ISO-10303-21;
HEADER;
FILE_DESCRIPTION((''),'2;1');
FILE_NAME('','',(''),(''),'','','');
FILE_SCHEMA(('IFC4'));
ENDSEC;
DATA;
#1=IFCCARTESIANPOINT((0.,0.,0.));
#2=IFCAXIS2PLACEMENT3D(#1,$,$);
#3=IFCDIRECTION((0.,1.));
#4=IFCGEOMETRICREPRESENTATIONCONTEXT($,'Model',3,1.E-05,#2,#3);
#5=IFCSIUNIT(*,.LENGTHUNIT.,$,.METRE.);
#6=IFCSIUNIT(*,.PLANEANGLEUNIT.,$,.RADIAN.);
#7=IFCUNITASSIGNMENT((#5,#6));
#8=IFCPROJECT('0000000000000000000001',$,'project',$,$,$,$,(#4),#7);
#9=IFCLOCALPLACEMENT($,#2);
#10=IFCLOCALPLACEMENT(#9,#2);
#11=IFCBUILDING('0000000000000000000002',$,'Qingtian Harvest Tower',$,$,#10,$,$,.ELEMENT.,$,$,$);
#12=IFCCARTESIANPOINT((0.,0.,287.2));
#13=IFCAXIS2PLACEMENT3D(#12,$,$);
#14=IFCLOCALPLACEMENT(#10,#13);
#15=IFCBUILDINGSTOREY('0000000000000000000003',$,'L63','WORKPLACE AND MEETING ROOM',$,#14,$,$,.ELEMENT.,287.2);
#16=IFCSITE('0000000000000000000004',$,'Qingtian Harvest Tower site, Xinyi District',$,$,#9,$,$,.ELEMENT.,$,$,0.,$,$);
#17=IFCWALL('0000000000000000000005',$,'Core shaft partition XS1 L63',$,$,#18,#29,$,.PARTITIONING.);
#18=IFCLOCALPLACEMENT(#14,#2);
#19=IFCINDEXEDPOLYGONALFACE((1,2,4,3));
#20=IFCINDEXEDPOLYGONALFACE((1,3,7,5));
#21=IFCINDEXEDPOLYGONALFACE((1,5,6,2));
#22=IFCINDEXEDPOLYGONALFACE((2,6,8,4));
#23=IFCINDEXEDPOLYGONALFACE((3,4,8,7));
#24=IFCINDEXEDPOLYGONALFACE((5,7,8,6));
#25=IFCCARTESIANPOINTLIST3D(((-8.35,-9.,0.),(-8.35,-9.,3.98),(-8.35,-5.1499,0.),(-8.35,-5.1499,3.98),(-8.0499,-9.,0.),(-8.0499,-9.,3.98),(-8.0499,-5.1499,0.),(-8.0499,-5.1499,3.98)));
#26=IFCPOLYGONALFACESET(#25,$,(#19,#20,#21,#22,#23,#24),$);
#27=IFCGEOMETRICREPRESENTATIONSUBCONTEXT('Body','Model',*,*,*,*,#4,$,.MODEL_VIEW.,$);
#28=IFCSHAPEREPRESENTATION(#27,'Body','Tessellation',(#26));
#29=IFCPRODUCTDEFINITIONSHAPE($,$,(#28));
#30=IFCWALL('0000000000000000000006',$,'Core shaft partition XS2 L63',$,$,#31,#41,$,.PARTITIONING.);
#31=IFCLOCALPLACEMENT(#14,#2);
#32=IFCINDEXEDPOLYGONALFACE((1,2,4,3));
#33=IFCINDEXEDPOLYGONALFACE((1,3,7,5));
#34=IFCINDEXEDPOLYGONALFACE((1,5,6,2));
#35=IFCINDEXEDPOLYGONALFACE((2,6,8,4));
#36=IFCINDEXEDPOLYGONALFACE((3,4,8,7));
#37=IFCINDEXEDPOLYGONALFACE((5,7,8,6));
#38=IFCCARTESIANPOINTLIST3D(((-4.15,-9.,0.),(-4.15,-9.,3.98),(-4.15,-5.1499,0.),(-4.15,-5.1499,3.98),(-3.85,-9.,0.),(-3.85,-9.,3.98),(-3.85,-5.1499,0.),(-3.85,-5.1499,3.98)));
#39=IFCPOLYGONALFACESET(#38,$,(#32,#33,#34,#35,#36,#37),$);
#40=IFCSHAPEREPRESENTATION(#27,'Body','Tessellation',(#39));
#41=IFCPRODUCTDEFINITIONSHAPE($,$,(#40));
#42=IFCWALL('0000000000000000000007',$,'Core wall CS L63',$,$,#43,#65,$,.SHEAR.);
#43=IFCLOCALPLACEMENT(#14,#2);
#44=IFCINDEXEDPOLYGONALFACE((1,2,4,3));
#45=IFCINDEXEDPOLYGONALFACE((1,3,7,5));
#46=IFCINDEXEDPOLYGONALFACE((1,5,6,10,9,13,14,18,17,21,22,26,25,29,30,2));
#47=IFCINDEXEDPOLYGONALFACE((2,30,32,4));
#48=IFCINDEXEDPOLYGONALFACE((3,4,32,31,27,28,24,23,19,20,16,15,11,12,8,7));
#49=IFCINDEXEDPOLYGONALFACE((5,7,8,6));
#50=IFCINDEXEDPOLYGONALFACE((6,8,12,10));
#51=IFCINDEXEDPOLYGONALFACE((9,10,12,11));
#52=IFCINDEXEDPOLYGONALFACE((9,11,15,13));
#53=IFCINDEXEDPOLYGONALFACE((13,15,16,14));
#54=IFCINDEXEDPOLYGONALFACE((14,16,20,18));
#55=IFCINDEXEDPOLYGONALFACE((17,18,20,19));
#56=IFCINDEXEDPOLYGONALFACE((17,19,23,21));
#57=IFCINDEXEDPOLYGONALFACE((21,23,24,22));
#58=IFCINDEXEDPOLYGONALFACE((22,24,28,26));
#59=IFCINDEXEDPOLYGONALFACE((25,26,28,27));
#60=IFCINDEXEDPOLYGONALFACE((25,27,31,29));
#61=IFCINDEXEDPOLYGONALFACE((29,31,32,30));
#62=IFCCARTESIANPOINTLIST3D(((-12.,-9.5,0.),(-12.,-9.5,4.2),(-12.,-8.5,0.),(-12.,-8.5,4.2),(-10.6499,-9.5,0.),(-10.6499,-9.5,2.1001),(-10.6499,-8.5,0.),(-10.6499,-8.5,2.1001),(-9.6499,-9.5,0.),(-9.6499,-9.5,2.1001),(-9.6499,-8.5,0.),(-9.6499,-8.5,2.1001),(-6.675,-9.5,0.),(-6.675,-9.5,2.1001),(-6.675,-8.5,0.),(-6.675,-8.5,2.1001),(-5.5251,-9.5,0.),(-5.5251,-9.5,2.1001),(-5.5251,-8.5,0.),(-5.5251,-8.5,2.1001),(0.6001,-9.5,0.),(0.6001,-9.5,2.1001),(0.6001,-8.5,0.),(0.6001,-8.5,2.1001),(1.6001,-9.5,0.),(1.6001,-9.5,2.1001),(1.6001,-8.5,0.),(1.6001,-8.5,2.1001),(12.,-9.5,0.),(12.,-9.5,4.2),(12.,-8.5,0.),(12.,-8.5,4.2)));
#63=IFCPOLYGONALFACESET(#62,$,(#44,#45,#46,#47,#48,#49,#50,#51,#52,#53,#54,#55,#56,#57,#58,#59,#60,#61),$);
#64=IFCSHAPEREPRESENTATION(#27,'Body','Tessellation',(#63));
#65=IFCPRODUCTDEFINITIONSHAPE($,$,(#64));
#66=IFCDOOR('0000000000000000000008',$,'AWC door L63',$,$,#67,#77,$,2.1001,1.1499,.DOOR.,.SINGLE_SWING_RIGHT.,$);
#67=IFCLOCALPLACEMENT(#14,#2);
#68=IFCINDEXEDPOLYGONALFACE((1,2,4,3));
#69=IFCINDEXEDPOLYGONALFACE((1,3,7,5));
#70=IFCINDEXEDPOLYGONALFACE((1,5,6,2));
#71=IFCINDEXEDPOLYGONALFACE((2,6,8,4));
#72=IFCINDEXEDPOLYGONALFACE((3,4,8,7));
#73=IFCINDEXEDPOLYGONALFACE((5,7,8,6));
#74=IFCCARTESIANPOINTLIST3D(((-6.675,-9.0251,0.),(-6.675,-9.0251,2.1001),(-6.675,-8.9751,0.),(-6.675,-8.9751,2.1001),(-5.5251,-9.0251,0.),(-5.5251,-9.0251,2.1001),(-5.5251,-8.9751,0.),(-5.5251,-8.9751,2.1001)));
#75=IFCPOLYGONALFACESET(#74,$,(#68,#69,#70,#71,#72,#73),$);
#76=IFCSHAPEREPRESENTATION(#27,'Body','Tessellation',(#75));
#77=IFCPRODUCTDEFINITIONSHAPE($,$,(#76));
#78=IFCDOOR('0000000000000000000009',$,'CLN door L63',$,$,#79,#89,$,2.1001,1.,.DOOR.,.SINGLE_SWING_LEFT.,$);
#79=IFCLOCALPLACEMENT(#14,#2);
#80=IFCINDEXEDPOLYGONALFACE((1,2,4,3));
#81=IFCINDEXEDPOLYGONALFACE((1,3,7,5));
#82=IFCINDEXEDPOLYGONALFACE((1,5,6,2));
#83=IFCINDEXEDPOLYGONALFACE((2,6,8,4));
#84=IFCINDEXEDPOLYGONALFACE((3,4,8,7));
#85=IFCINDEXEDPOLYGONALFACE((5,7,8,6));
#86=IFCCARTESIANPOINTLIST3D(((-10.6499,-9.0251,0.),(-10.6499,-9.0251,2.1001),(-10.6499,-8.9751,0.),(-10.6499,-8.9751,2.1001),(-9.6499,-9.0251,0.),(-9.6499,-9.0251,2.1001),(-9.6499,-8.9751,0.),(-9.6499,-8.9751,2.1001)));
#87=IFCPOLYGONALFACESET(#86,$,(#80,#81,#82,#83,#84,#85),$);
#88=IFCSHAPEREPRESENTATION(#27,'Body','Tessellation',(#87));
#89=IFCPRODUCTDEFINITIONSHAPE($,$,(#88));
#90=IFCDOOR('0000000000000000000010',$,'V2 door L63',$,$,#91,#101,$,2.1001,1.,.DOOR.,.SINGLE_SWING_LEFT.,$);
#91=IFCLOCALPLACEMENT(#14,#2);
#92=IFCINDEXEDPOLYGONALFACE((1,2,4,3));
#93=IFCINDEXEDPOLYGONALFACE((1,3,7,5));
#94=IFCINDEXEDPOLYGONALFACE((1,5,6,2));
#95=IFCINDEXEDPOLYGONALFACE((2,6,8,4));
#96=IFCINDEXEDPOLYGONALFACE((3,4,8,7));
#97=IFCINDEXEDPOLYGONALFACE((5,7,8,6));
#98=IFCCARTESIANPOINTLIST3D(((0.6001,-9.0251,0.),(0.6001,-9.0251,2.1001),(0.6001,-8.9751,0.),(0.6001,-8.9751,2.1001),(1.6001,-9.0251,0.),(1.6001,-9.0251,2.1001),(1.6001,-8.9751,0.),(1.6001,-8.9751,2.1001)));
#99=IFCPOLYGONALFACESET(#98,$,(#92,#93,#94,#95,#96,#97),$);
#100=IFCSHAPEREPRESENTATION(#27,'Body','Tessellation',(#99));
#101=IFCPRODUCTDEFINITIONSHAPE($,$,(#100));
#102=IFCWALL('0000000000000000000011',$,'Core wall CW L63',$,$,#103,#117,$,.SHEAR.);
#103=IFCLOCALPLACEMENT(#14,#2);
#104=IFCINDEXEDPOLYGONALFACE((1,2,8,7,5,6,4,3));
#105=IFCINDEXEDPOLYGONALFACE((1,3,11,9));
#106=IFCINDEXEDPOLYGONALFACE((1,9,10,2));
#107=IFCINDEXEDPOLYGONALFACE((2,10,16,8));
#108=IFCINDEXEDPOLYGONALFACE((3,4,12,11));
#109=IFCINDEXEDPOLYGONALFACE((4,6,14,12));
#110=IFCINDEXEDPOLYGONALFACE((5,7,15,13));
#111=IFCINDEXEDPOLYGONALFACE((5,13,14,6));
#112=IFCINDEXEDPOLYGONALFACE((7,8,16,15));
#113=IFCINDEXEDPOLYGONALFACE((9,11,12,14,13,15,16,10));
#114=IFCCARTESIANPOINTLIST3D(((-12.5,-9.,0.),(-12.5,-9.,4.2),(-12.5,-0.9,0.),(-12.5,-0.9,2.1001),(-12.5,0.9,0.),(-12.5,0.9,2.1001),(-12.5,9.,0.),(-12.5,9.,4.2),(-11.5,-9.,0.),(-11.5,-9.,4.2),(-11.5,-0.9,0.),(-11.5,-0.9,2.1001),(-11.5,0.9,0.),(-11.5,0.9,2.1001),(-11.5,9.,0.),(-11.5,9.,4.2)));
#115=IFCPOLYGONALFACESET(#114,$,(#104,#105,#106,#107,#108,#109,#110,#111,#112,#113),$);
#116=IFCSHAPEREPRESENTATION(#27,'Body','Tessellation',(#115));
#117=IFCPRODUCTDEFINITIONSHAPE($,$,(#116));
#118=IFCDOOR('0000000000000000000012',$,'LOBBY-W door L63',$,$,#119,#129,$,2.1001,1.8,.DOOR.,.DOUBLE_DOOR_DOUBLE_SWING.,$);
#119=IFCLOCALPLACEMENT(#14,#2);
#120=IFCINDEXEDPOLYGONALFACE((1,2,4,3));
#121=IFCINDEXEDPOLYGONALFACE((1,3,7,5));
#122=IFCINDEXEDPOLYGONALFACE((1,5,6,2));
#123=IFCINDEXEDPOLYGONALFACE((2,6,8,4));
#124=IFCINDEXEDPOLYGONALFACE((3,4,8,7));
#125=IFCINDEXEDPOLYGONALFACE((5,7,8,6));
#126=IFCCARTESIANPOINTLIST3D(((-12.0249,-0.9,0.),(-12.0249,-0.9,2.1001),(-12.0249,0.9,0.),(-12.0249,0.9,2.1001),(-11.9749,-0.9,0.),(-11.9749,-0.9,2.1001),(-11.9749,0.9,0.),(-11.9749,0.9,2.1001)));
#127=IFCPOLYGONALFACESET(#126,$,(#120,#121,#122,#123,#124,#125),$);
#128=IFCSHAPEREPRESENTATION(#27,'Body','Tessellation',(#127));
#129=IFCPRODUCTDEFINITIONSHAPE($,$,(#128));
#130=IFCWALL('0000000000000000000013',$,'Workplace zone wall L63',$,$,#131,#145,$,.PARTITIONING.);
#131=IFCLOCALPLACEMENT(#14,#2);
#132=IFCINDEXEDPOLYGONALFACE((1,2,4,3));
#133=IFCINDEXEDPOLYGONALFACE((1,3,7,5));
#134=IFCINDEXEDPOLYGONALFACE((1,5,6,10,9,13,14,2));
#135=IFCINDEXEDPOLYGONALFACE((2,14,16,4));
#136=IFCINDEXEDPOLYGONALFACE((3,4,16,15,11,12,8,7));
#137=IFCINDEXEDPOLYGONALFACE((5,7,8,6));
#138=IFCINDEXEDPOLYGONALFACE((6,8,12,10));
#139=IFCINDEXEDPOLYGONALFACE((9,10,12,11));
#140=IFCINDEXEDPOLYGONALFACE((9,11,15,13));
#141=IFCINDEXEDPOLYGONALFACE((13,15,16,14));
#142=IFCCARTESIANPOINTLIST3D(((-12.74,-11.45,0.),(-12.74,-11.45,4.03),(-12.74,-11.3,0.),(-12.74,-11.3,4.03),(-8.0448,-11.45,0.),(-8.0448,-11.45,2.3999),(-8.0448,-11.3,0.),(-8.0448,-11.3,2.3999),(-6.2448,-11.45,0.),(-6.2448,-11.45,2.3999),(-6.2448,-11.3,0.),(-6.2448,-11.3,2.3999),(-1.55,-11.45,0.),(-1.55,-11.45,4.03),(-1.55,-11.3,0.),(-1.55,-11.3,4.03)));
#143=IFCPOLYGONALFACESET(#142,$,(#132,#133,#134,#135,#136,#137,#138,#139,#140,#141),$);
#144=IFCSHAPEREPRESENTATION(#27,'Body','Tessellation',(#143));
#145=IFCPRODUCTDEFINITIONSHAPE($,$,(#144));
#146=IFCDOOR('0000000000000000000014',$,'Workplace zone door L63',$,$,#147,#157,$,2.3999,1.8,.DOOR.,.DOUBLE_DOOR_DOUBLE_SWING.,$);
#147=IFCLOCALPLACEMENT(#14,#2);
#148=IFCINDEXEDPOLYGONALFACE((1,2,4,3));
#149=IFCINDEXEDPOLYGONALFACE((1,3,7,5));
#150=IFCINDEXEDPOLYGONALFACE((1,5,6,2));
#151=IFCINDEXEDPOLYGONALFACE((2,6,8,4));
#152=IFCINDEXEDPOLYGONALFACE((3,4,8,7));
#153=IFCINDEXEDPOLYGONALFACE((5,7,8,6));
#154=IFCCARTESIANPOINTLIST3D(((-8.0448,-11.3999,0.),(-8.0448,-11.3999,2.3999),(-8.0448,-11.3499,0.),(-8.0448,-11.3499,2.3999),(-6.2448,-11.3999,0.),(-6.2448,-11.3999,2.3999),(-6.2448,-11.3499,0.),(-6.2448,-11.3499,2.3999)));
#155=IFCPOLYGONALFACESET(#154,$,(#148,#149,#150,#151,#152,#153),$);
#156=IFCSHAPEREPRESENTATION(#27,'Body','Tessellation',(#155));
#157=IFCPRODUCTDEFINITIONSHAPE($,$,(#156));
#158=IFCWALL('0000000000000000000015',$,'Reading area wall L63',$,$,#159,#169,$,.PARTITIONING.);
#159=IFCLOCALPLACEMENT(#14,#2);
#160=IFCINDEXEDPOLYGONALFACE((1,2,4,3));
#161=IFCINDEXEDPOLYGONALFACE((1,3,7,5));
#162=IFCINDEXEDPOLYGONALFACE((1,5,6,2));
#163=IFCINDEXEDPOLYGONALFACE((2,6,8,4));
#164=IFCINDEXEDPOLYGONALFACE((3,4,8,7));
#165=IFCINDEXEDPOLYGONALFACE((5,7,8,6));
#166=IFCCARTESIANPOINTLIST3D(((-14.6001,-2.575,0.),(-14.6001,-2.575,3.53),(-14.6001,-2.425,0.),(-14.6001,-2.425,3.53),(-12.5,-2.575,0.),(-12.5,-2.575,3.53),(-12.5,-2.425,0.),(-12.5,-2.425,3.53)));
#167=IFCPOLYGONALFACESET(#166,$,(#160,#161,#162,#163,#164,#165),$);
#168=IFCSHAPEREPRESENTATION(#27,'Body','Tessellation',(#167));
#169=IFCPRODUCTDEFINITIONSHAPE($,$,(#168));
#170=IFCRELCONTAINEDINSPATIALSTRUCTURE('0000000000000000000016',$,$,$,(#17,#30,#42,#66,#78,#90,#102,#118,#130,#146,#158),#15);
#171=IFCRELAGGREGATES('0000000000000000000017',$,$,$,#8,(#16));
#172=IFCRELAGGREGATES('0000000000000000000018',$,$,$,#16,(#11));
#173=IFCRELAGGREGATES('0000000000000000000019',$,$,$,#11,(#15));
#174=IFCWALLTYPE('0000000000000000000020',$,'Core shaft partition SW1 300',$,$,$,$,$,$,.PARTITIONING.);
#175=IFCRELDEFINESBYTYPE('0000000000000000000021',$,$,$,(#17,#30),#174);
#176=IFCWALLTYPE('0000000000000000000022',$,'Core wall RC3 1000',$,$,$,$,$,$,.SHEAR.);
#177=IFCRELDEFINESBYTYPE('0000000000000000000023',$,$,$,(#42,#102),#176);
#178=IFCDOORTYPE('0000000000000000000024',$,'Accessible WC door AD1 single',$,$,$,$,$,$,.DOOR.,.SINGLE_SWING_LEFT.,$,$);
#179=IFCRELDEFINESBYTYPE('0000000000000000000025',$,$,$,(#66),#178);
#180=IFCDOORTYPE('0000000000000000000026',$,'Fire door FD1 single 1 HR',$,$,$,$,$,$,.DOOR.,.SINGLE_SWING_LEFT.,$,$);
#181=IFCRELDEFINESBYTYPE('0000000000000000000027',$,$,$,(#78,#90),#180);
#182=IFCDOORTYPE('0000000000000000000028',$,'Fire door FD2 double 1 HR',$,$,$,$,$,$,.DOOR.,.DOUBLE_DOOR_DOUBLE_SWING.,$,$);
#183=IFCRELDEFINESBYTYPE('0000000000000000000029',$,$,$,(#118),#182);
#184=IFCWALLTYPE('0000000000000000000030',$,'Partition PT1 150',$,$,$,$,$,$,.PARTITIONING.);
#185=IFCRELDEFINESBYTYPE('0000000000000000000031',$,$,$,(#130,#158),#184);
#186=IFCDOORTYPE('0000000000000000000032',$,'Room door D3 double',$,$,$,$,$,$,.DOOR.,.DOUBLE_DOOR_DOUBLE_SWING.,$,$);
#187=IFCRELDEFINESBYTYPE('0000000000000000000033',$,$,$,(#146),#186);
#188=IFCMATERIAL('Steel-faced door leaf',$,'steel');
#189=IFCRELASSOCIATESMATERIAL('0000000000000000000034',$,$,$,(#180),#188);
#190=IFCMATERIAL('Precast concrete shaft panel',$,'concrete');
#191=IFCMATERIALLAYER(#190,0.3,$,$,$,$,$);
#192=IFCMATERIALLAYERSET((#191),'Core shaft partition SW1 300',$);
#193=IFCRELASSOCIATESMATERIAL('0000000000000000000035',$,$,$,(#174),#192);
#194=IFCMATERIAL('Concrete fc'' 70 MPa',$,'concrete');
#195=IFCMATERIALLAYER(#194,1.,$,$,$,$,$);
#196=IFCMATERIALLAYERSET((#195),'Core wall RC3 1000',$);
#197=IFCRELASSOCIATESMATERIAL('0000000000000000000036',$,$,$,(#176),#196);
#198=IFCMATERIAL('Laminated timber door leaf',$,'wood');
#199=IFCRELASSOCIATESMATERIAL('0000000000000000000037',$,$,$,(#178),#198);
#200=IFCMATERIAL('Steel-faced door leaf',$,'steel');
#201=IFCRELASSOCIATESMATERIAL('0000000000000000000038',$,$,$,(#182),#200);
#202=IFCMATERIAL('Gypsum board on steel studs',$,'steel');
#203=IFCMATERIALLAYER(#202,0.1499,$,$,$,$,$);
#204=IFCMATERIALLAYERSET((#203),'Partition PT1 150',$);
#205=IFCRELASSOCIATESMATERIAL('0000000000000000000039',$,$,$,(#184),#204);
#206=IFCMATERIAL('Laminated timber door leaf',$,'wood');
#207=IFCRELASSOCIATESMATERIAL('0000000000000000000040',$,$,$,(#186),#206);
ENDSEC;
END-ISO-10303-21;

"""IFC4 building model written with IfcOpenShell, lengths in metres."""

from ifc_helpers import new_model, si_unit, direction, frame, frame_2d, origin, place, context, subcontext, project, spatial, rectangle, extrude, material, layer, layer_set, type_object, element, fill, save


model = new_model("IFC4")

# Units and contexts
model_context = context("Model", 3, precision=1e-05, world=origin(), true_north=direction((0.0, 1.0)))
body_context = subcontext(model_context, "Body", "Model", "MODEL_VIEW")
ifc_project = project(units=[si_unit("LENGTHUNIT", "METRE"), si_unit("PLANEANGLEUNIT", "RADIAN")], contexts=[model_context])

# Site, building, storey
site_placement = place(None, origin())
site = spatial("IfcSite", under=ifc_project, at=site_placement, Name="Qingtian Harvest Tower site, Xinyi District", CompositionType="ELEMENT", RefElevation=0.0)
building_placement = place(site_placement, origin())
building = spatial("IfcBuilding", under=site, at=building_placement, Name="Qingtian Harvest Tower", CompositionType="ELEMENT")
storey_placement = place(building_placement, frame((0.0, 0.0, 287.2)))
storey = spatial("IfcBuildingStorey", under=building, at=storey_placement, Name="L63", Description="WORKPLACE AND MEETING ROOM", CompositionType="ELEMENT", Elevation=287.2)

# Shared definitions
ifc_material_1 = material(Name="Steel-faced door leaf", Category="steel")
door_type_1 = type_object("IfcDoorType", Name="Fire door FD1 single 1 HR", OperationType="SINGLE_SWING_LEFT", PredefinedType="DOOR", material=ifc_material_1)

# Walls
ifc_material_2 = material(Name="Precast concrete shaft panel", Category="concrete")
ifc_layer_1 = layer(ifc_material_2, 0.3)
ifc_layer_set_1 = layer_set([ifc_layer_1], Name="Core shaft partition SW1 300")
wall_type_1 = type_object("IfcWallType", Name="Core shaft partition SW1 300", PredefinedType="PARTITIONING", material=ifc_layer_set_1)
for number, where, z_axis, x_axis, name in (
    (1, (-8.2, -9.0, 0.0), (0.0, 0.0, 1.0), (0.0, 1.0, 0.0), "Core shaft partition XS1 L63"),
    (2, (-4.0, -9.0, 0.0), (0.0, 0.0, 1.0), (0.0, 1.0, 0.0), "Core shaft partition XS2 L63"),
):
    element("IfcWall", number, at=place(storey_placement, frame(where, z_axis=z_axis, x_axis=x_axis)), inside=storey, type_object=wall_type_1, Name=name, PredefinedType="PARTITIONING", context=body_context, shape_type="SweptSolid", body=[
        extrude(rectangle(XDim=3.8501, YDim=0.3, at=frame_2d((1.925, 0.0))), origin(), (0.0, 0.0, 1.0), 3.98),
    ])

# Wall, openings, doors
ifc_material_3 = material(Name="Concrete fc' 70 MPa", Category="concrete")
ifc_layer_2 = layer(ifc_material_3, 1.0)
ifc_layer_set_2 = layer_set([ifc_layer_2], Name="Core wall RC3 1000")
wall_type_2 = type_object("IfcWallType", Name="Core wall RC3 1000", PredefinedType="SHEAR", material=ifc_layer_set_2)
wall_1_placement = place(storey_placement, frame((-12.0, -9.0, 0.0), z_axis=(0.0, 0.0, 1.0), x_axis=(1.0, 0.0, 0.0)))
wall_1 = element("IfcWall", 3, at=wall_1_placement, inside=storey, type_object=wall_type_2, Name="Core wall CS L63", PredefinedType="SHEAR", context=body_context, shape_type="SweptSolid", body=[
    extrude(rectangle(XDim=24.0, YDim=1.0, at=frame_2d((12.0, 0.0))), origin(), (0.0, 0.0, 1.0), 4.2),
])
opening_1_placement = place(wall_1_placement, frame((1.3501, 0.0, 0.0)))
opening_1 = element("IfcOpeningElement", 4, at=opening_1_placement, cuts=wall_1, PredefinedType="OPENING", context=body_context, shape_type="SweptSolid", body=[
    extrude(rectangle(XDim=1.0, YDim=2.1001, at=frame_2d((0.5, 1.05))), frame((0.0, 0.51, 0.0), z_axis=(0.0, -1.0, 0.0), x_axis=(1.0, 0.0, 0.0)), (0.0, 0.0, 1.0), 1.02),
])
opening_2_placement = place(wall_1_placement, frame((5.325, 0.0, 0.0)))
opening_2 = element("IfcOpeningElement", 5, at=opening_2_placement, cuts=wall_1, PredefinedType="OPENING", context=body_context, shape_type="SweptSolid", body=[
    extrude(rectangle(XDim=1.1499, YDim=2.1001, at=frame_2d((0.575, 1.05))), frame((0.0, 0.51, 0.0), z_axis=(0.0, -1.0, 0.0), x_axis=(1.0, 0.0, 0.0)), (0.0, 0.0, 1.0), 1.02),
])
opening_3_placement = place(wall_1_placement, frame((12.6001, 0.0, 0.0)))
opening_3 = element("IfcOpeningElement", 6, at=opening_3_placement, cuts=wall_1, PredefinedType="OPENING", context=body_context, shape_type="SweptSolid", body=[
    extrude(rectangle(XDim=1.0, YDim=2.1001, at=frame_2d((0.5, 1.05))), frame((0.0, 0.51, 0.0), z_axis=(0.0, -1.0, 0.0), x_axis=(1.0, 0.0, 0.0)), (0.0, 0.0, 1.0), 1.02),
])
ifc_material_4 = material(Name="Laminated timber door leaf", Category="wood")
door_type_2 = type_object("IfcDoorType", Name="Accessible WC door AD1 single", OperationType="SINGLE_SWING_LEFT", PredefinedType="DOOR", material=ifc_material_4)
door_1_placement = place(opening_2_placement, origin())
door_1 = element("IfcDoor", 7, at=door_1_placement, inside=storey, type_object=door_type_2, Name="AWC door L63", OperationType="SINGLE_SWING_RIGHT", OverallHeight=2.1001, OverallWidth=1.1499, PredefinedType="DOOR", context=body_context, shape_type="SweptSolid", body=[
    extrude(rectangle(XDim=1.1499, YDim=2.1001, at=frame_2d((0.575, 1.05))), frame((0.0, 0.0249, 0.0), z_axis=(0.0, -1.0, 0.0), x_axis=(1.0, 0.0, 0.0)), (0.0, 0.0, 1.0), 0.05),
])
fill(opening_2, door_1)
door_2_placement = place(opening_1_placement, origin())
door_2 = element("IfcDoor", 8, at=door_2_placement, inside=storey, type_object=door_type_1, Name="CLN door L63", OperationType="SINGLE_SWING_LEFT", OverallHeight=2.1001, OverallWidth=1.0, PredefinedType="DOOR", context=body_context, shape_type="SweptSolid", body=[
    extrude(rectangle(XDim=1.0, YDim=2.1001, at=frame_2d((0.5, 1.05))), frame((0.0, 0.0249, 0.0), z_axis=(0.0, -1.0, 0.0), x_axis=(1.0, 0.0, 0.0)), (0.0, 0.0, 1.0), 0.05),
])
fill(opening_1, door_2)
door_3_placement = place(opening_3_placement, origin())
door_3 = element("IfcDoor", 9, at=door_3_placement, inside=storey, type_object=door_type_1, Name="V2 door L63", OperationType="SINGLE_SWING_LEFT", OverallHeight=2.1001, OverallWidth=1.0, PredefinedType="DOOR", context=body_context, shape_type="SweptSolid", body=[
    extrude(rectangle(XDim=1.0, YDim=2.1001, at=frame_2d((0.5, 1.05))), frame((0.0, 0.0249, 0.0), z_axis=(0.0, -1.0, 0.0), x_axis=(1.0, 0.0, 0.0)), (0.0, 0.0, 1.0), 0.05),
])
fill(opening_3, door_3)

# Walls, openings, doors
wall_2_placement = place(storey_placement, frame((-12.0, -9.0, 0.0), z_axis=(0.0, 0.0, 1.0), x_axis=(0.0, 1.0, 0.0)))
wall_2 = element("IfcWall", 10, at=wall_2_placement, inside=storey, type_object=wall_type_2, Name="Core wall CW L63", PredefinedType="SHEAR", context=body_context, shape_type="SweptSolid", body=[
    extrude(rectangle(XDim=18.0, YDim=1.0, at=frame_2d((9.0, 0.0))), origin(), (0.0, 0.0, 1.0), 4.2),
])
opening_4_placement = place(wall_2_placement, frame((8.1001, 0.0, 0.0)))
opening_4 = element("IfcOpeningElement", 11, at=opening_4_placement, cuts=wall_2, PredefinedType="OPENING", context=body_context, shape_type="SweptSolid", body=[
    extrude(rectangle(XDim=1.8, YDim=2.1001, at=frame_2d((0.8999, 1.05))), frame((0.0, 0.51, 0.0), z_axis=(0.0, -1.0, 0.0), x_axis=(1.0, 0.0, 0.0)), (0.0, 0.0, 1.0), 1.02),
])
ifc_material_5 = material(Name="Steel-faced door leaf", Category="steel")
door_type_3 = type_object("IfcDoorType", Name="Fire door FD2 double 1 HR", OperationType="DOUBLE_DOOR_DOUBLE_SWING", PredefinedType="DOOR", material=ifc_material_5)
door_4_placement = place(opening_4_placement, origin())
door_4 = element("IfcDoor", 12, at=door_4_placement, inside=storey, type_object=door_type_3, Name="LOBBY-W door L63", OperationType="DOUBLE_DOOR_DOUBLE_SWING", OverallHeight=2.1001, OverallWidth=1.8, PredefinedType="DOOR", context=body_context, shape_type="SweptSolid", body=[
    extrude(rectangle(XDim=1.8, YDim=2.1001, at=frame_2d((0.8999, 1.05))), frame((0.0, 0.0249, 0.0), z_axis=(0.0, -1.0, 0.0), x_axis=(1.0, 0.0, 0.0)), (0.0, 0.0, 1.0), 0.05),
])
fill(opening_4, door_4)
ifc_material_6 = material(Name="Gypsum board on steel studs", Category="steel")
ifc_layer_3 = layer(ifc_material_6, 0.1499)
ifc_layer_set_3 = layer_set([ifc_layer_3], Name="Partition PT1 150")
wall_type_3 = type_object("IfcWallType", Name="Partition PT1 150", PredefinedType="PARTITIONING", material=ifc_layer_set_3)
wall_3_placement = place(storey_placement, frame((-1.55, -11.375, 0.0), z_axis=(0.0, 0.0, 1.0), x_axis=(-1.0, 0.0, 0.0)))
wall_3 = element("IfcWall", 13, at=wall_3_placement, inside=storey, type_object=wall_type_3, Name="Workplace zone wall L63", PredefinedType="PARTITIONING", context=body_context, shape_type="SweptSolid", body=[
    extrude(rectangle(XDim=11.1899, YDim=0.1499, at=frame_2d((5.595, 0.0))), origin(), (0.0, 0.0, 1.0), 4.03),
])
opening_5_placement = place(wall_3_placement, frame((4.6948, 0.0, 0.0)))
opening_5 = element("IfcOpeningElement", 14, at=opening_5_placement, cuts=wall_3, PredefinedType="OPENING", context=body_context, shape_type="SweptSolid", body=[
    extrude(rectangle(XDim=1.8, YDim=2.3999, at=frame_2d((0.8999, 1.2))), frame((0.0, 0.085, 0.0), z_axis=(0.0, -1.0, 0.0), x_axis=(1.0, 0.0, 0.0)), (0.0, 0.0, 1.0), 0.1699),
])
ifc_material_7 = material(Name="Laminated timber door leaf", Category="wood")
door_type_4 = type_object("IfcDoorType", Name="Room door D3 double", OperationType="DOUBLE_DOOR_DOUBLE_SWING", PredefinedType="DOOR", material=ifc_material_7)
door_5_placement = place(opening_5_placement, origin())
door_5 = element("IfcDoor", 15, at=door_5_placement, inside=storey, type_object=door_type_4, Name="Workplace zone door L63", OperationType="DOUBLE_DOOR_DOUBLE_SWING", OverallHeight=2.3999, OverallWidth=1.8, PredefinedType="DOOR", context=body_context, shape_type="SweptSolid", body=[
    extrude(rectangle(XDim=1.8, YDim=2.3999, at=frame_2d((0.8999, 1.2))), frame((0.0, 0.0249, 0.0), z_axis=(0.0, -1.0, 0.0), x_axis=(1.0, 0.0, 0.0)), (0.0, 0.0, 1.0), 0.05),
])
fill(opening_5, door_5)

# Wall
wall_4_placement = place(storey_placement, frame((-12.5, -2.5, 0.0), z_axis=(0.0, 0.0, 1.0), x_axis=(-1.0, 0.0, 0.0)))
element("IfcWall", 16, at=wall_4_placement, inside=storey, type_object=wall_type_3, Name="Reading area wall L63", PredefinedType="PARTITIONING", context=body_context, shape_type="SweptSolid", body=[
    extrude(rectangle(XDim=2.1001, YDim=0.1499, at=frame_2d((1.05, 0.0))), origin(), (0.0, 0.0, 1.0), 3.53),
])

save(model, "model.ifc")
